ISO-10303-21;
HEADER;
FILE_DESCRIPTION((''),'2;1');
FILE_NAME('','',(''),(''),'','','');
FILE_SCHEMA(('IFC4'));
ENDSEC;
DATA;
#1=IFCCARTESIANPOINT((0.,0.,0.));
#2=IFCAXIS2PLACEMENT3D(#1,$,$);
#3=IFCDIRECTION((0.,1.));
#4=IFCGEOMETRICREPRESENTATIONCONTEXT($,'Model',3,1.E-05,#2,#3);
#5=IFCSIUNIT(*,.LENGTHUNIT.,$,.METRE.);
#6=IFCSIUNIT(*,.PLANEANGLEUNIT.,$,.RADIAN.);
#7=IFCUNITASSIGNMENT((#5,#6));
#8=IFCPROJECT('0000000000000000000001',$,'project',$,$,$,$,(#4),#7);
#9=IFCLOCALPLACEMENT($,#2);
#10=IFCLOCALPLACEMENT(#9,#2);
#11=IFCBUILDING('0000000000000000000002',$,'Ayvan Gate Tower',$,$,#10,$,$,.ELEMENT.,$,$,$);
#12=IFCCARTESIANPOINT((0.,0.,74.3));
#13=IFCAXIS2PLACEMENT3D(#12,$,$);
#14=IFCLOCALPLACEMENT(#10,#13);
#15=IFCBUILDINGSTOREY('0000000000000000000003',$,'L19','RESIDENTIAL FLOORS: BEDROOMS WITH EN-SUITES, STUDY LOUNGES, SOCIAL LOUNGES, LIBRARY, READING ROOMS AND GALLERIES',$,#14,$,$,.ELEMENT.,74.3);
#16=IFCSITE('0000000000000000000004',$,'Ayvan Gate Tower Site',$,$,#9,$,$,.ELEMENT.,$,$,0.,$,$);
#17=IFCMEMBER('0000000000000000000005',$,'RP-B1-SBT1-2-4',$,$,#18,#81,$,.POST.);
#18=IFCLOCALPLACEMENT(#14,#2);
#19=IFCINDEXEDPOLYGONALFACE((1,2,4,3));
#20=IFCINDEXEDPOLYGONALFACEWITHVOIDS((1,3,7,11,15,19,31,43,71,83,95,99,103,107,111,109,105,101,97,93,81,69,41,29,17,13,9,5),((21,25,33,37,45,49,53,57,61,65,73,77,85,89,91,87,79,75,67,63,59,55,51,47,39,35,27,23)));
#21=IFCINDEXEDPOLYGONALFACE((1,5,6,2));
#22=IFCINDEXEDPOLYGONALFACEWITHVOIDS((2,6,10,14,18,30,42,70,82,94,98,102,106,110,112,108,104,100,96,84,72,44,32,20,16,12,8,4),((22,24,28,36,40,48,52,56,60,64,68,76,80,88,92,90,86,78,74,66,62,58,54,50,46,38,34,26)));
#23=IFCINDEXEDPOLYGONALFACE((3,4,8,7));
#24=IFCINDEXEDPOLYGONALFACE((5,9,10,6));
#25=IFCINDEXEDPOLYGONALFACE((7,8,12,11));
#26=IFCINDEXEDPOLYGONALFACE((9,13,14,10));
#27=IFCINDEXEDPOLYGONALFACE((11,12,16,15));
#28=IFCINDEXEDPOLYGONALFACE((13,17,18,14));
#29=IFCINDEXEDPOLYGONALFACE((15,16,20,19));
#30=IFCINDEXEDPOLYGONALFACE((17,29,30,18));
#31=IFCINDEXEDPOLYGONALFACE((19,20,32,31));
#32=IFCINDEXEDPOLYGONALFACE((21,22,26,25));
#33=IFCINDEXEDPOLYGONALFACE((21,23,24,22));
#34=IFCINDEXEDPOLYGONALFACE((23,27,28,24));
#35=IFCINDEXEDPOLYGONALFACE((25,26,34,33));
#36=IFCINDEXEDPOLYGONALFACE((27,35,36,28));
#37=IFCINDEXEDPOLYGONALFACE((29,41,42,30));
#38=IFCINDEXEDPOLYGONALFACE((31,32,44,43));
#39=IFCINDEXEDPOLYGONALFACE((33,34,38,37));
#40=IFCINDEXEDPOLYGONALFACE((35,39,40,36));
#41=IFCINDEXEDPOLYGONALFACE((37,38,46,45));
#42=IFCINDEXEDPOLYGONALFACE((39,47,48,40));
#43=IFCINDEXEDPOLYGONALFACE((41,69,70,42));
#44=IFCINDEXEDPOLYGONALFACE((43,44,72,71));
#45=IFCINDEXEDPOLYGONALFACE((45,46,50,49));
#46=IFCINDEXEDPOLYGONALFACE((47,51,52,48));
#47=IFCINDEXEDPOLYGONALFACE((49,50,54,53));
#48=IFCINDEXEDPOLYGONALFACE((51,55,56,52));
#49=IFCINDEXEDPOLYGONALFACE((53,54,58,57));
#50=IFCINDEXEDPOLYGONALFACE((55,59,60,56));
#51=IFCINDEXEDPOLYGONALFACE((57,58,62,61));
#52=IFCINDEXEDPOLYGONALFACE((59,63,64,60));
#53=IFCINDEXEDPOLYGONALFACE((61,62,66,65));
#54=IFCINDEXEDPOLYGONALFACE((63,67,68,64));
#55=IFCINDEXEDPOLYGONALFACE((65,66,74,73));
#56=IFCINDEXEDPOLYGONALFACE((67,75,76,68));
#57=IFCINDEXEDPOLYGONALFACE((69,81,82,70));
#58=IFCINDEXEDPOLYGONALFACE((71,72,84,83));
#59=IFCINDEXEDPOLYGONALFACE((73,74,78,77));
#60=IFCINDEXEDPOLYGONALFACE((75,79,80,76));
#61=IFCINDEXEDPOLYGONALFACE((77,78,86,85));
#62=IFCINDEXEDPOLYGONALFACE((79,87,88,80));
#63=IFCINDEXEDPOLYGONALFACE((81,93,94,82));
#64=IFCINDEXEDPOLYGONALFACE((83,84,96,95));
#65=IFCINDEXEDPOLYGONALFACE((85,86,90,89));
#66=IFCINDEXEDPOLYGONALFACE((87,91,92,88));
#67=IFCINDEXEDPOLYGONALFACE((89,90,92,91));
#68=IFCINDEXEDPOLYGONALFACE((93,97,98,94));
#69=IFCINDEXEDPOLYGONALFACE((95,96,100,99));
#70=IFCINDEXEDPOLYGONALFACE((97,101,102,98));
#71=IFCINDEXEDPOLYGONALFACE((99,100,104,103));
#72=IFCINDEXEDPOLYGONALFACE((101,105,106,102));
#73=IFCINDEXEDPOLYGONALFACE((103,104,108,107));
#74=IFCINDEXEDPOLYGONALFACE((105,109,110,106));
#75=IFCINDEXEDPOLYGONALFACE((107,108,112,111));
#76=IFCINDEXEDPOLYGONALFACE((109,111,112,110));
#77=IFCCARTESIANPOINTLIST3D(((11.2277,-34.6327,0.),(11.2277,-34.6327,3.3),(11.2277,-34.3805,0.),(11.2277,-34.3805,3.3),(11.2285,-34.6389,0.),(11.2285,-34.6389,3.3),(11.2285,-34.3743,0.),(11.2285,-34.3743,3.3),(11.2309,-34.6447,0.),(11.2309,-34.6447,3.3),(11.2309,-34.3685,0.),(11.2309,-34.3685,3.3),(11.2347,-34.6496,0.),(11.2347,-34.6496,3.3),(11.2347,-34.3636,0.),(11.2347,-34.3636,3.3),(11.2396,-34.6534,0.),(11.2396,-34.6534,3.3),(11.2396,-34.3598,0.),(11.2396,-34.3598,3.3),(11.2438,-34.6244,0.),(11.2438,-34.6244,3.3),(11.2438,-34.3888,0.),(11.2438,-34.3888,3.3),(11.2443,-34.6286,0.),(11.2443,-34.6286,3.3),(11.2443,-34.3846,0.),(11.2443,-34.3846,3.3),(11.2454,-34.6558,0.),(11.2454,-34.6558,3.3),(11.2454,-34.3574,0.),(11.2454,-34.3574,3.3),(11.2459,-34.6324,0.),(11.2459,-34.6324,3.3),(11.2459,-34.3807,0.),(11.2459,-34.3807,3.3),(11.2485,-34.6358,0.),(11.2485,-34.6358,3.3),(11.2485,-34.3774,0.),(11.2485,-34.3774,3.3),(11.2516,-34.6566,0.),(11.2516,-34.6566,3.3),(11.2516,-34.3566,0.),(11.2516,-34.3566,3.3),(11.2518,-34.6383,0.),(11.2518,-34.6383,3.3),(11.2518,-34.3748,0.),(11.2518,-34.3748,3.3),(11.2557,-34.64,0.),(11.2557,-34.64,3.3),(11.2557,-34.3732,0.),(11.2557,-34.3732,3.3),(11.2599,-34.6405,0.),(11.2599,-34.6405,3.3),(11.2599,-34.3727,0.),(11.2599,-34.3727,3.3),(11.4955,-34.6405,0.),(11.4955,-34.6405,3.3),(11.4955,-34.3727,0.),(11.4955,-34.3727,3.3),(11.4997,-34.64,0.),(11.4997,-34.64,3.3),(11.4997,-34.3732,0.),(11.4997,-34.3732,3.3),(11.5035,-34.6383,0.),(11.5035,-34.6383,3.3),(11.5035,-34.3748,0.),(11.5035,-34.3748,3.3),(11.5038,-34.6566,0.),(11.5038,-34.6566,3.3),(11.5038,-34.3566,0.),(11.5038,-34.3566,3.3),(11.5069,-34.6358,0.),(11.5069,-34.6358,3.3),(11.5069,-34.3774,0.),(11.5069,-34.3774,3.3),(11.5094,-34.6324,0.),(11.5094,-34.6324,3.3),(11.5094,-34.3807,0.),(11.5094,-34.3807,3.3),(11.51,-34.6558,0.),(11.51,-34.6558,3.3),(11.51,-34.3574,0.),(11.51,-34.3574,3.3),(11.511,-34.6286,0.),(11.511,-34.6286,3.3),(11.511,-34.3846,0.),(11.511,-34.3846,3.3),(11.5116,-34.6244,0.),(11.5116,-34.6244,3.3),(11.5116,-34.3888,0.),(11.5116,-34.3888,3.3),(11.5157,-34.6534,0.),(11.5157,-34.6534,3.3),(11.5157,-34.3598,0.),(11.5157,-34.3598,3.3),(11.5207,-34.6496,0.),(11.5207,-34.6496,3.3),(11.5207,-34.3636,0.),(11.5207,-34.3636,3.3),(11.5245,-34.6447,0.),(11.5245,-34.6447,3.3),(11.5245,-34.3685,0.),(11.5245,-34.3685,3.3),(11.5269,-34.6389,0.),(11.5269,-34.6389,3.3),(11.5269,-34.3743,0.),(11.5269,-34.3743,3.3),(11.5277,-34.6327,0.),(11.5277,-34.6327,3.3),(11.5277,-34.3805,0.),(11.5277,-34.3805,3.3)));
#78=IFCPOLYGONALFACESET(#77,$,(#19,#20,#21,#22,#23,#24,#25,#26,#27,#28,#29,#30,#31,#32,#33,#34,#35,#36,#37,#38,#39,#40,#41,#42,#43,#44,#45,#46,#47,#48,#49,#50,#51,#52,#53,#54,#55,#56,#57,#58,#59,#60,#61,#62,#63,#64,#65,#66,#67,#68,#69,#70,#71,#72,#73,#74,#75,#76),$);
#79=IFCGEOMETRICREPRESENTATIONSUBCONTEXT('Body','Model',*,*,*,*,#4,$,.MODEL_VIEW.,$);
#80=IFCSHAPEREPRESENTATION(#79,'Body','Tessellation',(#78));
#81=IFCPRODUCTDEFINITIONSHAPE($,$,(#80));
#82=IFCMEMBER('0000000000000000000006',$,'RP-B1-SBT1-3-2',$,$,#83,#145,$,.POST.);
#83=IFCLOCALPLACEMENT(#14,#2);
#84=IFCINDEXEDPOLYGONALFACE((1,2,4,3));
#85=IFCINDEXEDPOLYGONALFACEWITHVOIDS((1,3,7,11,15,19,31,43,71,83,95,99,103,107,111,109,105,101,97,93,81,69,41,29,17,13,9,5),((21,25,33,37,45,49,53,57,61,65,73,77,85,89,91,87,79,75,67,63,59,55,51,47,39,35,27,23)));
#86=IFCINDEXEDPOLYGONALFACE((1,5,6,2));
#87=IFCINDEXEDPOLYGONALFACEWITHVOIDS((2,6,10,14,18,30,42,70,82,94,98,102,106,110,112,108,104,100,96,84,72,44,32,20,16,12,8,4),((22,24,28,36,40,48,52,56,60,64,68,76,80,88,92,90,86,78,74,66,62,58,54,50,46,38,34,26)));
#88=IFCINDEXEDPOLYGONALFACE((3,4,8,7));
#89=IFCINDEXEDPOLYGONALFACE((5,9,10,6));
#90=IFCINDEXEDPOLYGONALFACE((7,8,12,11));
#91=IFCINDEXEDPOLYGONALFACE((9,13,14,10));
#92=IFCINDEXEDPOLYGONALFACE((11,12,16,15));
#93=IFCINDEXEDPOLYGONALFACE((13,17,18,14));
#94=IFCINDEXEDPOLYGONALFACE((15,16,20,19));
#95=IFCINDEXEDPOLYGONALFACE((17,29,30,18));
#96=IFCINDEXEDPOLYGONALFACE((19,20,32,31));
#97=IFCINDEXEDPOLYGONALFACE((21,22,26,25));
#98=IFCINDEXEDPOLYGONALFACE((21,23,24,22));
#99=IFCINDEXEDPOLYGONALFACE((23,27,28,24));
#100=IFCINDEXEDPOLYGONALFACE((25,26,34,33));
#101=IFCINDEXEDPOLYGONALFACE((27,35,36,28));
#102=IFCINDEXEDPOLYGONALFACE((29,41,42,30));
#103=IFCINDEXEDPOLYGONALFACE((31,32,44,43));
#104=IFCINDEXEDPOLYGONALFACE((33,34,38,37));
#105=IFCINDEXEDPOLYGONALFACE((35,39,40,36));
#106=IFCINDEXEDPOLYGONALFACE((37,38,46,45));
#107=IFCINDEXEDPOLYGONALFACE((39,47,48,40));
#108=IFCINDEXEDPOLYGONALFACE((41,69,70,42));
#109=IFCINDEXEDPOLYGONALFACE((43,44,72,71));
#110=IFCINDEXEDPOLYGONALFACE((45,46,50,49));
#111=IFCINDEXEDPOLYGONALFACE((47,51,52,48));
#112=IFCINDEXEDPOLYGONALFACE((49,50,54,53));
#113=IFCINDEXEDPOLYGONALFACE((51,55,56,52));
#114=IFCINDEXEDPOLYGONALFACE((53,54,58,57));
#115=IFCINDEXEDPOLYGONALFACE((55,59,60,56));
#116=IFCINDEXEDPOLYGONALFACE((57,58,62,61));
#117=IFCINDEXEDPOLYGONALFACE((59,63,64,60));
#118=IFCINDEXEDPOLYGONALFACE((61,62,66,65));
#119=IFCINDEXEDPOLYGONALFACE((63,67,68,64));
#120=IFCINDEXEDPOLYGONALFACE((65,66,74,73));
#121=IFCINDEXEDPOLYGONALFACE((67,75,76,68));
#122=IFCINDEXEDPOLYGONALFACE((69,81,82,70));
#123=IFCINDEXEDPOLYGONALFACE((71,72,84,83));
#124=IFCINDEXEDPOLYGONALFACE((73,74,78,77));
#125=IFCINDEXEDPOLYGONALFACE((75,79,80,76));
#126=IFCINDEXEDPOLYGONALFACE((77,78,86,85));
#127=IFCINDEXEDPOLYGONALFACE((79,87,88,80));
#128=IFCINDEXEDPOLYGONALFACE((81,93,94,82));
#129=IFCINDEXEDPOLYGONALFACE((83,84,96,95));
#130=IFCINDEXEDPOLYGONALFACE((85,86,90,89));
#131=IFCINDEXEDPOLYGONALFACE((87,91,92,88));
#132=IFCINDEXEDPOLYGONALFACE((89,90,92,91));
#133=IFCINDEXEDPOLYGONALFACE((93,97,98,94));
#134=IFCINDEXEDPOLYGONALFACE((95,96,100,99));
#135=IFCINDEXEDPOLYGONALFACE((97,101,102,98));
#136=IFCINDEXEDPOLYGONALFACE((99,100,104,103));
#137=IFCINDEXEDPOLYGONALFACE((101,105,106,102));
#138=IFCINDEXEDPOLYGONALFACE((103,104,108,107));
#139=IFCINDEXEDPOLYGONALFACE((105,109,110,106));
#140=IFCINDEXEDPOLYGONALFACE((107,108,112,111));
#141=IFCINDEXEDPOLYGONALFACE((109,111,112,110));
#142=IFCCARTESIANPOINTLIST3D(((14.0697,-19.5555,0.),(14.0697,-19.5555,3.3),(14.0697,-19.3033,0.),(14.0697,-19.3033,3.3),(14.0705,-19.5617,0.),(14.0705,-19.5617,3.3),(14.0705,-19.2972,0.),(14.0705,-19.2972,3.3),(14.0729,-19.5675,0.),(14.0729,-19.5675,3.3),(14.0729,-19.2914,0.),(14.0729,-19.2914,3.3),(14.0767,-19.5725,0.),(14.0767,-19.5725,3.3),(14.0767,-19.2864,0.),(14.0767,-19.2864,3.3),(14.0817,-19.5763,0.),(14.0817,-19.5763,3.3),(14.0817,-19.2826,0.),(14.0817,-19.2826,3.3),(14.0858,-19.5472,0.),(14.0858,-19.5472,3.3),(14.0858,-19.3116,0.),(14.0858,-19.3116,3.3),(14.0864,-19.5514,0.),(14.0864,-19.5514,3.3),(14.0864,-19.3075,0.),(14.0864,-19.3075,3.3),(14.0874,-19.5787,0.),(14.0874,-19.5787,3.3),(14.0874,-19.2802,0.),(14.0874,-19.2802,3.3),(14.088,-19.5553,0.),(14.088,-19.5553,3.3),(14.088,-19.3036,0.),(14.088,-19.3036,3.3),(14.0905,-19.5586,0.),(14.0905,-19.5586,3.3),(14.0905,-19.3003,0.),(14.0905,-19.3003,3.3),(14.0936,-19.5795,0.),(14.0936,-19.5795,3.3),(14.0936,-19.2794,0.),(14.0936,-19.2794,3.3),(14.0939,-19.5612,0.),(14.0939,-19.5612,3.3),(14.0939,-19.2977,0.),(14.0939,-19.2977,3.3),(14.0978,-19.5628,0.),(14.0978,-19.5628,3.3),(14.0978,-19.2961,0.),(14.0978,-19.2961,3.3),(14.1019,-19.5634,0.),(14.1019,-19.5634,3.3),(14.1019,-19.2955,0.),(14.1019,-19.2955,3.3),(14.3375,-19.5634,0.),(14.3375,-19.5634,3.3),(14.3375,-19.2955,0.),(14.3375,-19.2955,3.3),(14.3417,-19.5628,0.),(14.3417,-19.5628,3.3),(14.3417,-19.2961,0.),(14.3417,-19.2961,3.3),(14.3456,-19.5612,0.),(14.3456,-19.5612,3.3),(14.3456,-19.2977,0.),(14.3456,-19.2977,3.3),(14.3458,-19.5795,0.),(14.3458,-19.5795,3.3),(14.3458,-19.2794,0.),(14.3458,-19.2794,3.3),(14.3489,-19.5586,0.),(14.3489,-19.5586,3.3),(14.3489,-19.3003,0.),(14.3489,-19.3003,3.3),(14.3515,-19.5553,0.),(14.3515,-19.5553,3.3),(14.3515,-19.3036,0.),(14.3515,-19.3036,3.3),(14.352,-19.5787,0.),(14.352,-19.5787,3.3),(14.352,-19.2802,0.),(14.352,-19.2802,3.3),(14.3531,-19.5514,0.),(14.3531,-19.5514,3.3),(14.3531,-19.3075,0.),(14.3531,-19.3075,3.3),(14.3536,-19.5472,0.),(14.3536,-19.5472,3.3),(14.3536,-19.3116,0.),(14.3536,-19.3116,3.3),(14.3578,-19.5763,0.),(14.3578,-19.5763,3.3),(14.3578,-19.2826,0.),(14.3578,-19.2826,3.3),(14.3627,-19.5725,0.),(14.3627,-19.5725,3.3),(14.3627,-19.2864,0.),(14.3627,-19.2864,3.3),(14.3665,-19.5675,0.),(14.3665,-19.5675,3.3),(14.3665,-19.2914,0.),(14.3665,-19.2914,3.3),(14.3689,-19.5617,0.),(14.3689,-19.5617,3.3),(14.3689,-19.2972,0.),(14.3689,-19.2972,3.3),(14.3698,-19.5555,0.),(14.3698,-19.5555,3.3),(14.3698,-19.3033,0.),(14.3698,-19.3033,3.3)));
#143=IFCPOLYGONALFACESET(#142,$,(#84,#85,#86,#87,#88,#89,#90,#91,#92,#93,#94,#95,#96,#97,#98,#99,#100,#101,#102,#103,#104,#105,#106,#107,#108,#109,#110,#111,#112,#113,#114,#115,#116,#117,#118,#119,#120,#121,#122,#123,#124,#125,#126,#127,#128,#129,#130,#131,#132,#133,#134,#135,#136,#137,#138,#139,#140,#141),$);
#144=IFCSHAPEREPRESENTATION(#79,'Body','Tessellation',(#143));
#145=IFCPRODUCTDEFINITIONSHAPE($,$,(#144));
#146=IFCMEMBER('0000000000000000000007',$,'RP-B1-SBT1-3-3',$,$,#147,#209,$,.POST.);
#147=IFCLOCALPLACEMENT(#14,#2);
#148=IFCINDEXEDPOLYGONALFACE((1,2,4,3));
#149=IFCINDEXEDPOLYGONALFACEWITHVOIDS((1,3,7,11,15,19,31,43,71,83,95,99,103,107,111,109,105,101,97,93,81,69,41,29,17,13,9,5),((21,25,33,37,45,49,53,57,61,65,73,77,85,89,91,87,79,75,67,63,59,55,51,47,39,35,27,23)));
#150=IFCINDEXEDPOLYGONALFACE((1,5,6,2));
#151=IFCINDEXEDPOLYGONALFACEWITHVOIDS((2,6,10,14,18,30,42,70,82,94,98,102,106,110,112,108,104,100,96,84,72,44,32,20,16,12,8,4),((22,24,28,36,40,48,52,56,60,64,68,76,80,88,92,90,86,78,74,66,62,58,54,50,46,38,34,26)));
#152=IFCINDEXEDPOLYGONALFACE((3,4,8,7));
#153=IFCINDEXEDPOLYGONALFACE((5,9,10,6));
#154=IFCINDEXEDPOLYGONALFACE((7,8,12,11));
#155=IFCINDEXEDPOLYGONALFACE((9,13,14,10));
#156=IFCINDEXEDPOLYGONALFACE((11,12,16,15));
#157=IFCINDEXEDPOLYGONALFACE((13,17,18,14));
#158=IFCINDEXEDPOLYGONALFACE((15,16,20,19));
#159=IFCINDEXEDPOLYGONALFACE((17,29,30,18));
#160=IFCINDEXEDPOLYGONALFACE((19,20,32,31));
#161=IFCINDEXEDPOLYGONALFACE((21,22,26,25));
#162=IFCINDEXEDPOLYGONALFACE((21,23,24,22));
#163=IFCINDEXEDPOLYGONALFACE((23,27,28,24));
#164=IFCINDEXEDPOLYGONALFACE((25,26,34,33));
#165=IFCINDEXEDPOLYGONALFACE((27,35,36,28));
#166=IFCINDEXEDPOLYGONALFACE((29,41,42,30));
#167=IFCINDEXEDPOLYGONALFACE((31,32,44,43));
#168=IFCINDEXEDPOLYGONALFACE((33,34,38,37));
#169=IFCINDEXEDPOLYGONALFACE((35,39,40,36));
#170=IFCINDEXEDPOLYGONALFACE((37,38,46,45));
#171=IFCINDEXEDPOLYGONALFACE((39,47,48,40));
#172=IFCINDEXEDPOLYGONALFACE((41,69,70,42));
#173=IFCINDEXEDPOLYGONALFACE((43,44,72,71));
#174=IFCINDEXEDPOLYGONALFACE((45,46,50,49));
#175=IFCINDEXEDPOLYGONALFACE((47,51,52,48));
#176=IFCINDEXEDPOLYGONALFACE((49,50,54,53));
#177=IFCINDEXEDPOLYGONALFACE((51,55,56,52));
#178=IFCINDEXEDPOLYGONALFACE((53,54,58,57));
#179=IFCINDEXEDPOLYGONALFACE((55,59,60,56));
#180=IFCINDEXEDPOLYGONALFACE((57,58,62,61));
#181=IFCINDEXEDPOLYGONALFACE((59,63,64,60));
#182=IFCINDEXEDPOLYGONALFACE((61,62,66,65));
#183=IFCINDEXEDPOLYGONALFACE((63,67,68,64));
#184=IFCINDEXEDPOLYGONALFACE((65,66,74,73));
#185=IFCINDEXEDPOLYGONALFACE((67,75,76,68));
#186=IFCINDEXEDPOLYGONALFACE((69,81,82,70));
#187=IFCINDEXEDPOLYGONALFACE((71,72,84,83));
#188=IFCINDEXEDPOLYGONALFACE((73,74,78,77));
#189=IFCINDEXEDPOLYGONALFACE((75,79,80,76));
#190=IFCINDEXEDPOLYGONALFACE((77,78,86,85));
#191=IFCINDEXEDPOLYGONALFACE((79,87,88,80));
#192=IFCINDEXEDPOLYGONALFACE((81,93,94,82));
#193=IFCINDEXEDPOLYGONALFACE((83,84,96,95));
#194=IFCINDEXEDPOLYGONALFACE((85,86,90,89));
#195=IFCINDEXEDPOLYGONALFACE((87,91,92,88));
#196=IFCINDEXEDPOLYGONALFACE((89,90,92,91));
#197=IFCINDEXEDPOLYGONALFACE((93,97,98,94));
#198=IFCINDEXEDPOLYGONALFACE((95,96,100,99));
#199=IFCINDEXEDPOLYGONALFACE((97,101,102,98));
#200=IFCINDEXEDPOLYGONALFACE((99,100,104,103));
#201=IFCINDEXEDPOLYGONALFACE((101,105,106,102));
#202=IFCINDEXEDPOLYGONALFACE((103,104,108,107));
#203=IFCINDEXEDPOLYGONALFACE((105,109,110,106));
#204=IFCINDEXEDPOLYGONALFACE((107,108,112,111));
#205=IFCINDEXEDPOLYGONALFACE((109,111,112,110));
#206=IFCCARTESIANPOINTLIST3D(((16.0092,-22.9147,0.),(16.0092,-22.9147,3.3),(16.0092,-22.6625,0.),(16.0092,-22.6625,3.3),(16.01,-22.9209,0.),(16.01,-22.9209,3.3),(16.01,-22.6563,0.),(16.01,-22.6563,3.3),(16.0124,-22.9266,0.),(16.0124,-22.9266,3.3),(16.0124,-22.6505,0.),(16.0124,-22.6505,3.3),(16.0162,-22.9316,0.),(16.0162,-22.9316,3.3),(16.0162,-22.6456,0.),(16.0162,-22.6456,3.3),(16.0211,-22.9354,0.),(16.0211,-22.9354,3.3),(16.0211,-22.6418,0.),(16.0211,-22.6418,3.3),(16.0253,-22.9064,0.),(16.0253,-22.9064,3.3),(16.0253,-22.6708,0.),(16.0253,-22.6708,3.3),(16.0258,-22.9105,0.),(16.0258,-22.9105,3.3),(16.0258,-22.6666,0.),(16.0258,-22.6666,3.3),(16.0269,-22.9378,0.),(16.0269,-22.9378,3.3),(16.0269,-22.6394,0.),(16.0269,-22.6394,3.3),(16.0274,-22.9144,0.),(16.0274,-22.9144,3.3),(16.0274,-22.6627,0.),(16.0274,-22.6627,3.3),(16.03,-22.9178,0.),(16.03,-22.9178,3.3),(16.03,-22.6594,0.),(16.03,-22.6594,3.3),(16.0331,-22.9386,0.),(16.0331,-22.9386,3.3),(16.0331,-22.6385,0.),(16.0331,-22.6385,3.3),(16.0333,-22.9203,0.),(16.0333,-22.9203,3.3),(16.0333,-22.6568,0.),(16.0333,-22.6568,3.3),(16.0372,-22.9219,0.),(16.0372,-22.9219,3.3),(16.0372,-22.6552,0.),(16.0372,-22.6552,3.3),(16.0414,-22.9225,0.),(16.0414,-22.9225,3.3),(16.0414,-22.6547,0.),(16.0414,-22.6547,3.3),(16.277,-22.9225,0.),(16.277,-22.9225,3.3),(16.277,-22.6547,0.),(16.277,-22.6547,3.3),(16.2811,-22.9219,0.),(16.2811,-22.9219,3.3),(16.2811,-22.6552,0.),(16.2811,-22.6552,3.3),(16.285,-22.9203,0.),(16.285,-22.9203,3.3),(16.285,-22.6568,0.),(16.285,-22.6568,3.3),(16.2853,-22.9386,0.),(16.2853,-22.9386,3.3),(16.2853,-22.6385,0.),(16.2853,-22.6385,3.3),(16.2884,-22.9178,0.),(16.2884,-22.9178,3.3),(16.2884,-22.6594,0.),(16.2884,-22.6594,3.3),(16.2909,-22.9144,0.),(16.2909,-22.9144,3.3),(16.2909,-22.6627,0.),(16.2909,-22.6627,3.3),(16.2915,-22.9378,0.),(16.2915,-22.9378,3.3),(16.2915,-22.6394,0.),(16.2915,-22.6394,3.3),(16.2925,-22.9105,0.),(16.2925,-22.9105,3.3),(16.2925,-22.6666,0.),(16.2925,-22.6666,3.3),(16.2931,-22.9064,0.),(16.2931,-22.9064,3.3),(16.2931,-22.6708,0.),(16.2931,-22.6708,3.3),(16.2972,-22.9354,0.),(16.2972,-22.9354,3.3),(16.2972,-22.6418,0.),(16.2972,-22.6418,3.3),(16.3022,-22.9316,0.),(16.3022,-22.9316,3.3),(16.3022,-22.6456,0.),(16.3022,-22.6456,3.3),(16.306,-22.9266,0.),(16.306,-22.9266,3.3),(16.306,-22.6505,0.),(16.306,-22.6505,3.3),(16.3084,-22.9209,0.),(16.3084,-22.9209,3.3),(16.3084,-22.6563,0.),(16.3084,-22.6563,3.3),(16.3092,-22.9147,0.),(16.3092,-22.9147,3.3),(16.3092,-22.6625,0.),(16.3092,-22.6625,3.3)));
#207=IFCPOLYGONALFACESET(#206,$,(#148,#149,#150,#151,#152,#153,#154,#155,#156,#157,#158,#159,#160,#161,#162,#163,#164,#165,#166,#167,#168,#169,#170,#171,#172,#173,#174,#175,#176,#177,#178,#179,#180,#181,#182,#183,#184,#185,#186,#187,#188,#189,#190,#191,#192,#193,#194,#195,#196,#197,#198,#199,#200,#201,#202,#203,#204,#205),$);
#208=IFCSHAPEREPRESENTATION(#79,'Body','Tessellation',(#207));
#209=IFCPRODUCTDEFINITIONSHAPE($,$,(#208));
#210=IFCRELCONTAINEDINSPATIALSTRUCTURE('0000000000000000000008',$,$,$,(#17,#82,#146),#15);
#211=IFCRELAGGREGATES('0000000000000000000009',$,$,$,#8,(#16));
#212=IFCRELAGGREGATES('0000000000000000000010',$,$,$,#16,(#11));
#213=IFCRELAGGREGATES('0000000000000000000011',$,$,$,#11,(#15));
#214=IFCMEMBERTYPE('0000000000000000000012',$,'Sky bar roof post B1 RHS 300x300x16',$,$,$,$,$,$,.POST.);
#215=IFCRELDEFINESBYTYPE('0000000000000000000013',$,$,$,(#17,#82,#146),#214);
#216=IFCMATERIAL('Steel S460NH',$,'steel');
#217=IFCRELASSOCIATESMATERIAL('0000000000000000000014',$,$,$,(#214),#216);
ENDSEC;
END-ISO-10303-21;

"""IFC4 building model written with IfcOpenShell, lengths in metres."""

from ifc_helpers import new_model, si_unit, direction, frame, origin, origin_2d, place, context, subcontext, project, spatial, hollow_rectangle, extrude, material, material_profile, profile_set, type_object, element, save


model = new_model("IFC4")

# Units and contexts
model_context = context("Model", 3, precision=1e-05, world=origin(), true_north=direction((0.0, 1.0)))
body_context = subcontext(model_context, "Body", "Model", "MODEL_VIEW")
ifc_project = project(units=[si_unit("LENGTHUNIT", "METRE"), si_unit("PLANEANGLEUNIT", "RADIAN")], contexts=[model_context])

# Site, building, storey
site_placement = place(None, origin())
site = spatial("IfcSite", under=ifc_project, at=site_placement, Name="Ayvan Gate Tower Site", CompositionType="ELEMENT", RefElevation=0.0)
building_placement = place(site_placement, origin())
building = spatial("IfcBuilding", under=site, at=building_placement, Name="Ayvan Gate Tower", CompositionType="ELEMENT")
storey_placement = place(building_placement, frame((0.0, 0.0, 74.3)))
storey = spatial("IfcBuildingStorey", under=building, at=storey_placement, Name="L19", Description="RESIDENTIAL FLOORS: BEDROOMS WITH EN-SUITES, STUDY LOUNGES, SOCIAL LOUNGES, LIBRARY, READING ROOMS AND GALLERIES", CompositionType="ELEMENT", Elevation=74.3)

# Members
ifc_material_1 = material(Name="Steel S460NH", Category="steel")
ifc_material_profile_1 = material_profile(ifc_material_1, hollow_rectangle(XDim=0.3, YDim=0.3, WallThickness=0.0161, InnerFilletRadius=0.0161, OuterFilletRadius=0.0239, at=origin_2d()), Name="RHS 300x300x16")
ifc_profile_set_1 = profile_set([ifc_material_profile_1], Name="Steel S460NH")
member_type_1 = type_object("IfcMemberType", Name="Sky bar roof post B1 RHS 300x300x16", PredefinedType="POST", material=ifc_profile_set_1)
for number, where, z_axis, x_axis, name in (
    (1, (11.3777, -34.5066, 0.0), (0.0, 0.0, 1.0), (1.0, 0.0, 0.0), "RP-B1-SBT1-2-4"),
    (2, (14.2197, -19.4294, 0.0), (0.0, 0.0, 1.0), (1.0, 0.0, 0.0), "RP-B1-SBT1-3-2"),
    (3, (16.1592, -22.7886, 0.0), (0.0, 0.0, 1.0), (1.0, 0.0, 0.0), "RP-B1-SBT1-3-3"),
):
    element("IfcMember", number, at=place(storey_placement, frame(where, z_axis=z_axis, x_axis=x_axis)), inside=storey, type_object=member_type_1, Name=name, PredefinedType="POST", context=body_context, shape_type="SweptSolid", body=[
        extrude(hollow_rectangle(XDim=0.3, YDim=0.3, WallThickness=0.0161, InnerFilletRadius=0.0161, OuterFilletRadius=0.0239, at=origin_2d()), origin(), (0.0, 0.0, 1.0), 3.3),
    ])

save(model, "model.ifc")
